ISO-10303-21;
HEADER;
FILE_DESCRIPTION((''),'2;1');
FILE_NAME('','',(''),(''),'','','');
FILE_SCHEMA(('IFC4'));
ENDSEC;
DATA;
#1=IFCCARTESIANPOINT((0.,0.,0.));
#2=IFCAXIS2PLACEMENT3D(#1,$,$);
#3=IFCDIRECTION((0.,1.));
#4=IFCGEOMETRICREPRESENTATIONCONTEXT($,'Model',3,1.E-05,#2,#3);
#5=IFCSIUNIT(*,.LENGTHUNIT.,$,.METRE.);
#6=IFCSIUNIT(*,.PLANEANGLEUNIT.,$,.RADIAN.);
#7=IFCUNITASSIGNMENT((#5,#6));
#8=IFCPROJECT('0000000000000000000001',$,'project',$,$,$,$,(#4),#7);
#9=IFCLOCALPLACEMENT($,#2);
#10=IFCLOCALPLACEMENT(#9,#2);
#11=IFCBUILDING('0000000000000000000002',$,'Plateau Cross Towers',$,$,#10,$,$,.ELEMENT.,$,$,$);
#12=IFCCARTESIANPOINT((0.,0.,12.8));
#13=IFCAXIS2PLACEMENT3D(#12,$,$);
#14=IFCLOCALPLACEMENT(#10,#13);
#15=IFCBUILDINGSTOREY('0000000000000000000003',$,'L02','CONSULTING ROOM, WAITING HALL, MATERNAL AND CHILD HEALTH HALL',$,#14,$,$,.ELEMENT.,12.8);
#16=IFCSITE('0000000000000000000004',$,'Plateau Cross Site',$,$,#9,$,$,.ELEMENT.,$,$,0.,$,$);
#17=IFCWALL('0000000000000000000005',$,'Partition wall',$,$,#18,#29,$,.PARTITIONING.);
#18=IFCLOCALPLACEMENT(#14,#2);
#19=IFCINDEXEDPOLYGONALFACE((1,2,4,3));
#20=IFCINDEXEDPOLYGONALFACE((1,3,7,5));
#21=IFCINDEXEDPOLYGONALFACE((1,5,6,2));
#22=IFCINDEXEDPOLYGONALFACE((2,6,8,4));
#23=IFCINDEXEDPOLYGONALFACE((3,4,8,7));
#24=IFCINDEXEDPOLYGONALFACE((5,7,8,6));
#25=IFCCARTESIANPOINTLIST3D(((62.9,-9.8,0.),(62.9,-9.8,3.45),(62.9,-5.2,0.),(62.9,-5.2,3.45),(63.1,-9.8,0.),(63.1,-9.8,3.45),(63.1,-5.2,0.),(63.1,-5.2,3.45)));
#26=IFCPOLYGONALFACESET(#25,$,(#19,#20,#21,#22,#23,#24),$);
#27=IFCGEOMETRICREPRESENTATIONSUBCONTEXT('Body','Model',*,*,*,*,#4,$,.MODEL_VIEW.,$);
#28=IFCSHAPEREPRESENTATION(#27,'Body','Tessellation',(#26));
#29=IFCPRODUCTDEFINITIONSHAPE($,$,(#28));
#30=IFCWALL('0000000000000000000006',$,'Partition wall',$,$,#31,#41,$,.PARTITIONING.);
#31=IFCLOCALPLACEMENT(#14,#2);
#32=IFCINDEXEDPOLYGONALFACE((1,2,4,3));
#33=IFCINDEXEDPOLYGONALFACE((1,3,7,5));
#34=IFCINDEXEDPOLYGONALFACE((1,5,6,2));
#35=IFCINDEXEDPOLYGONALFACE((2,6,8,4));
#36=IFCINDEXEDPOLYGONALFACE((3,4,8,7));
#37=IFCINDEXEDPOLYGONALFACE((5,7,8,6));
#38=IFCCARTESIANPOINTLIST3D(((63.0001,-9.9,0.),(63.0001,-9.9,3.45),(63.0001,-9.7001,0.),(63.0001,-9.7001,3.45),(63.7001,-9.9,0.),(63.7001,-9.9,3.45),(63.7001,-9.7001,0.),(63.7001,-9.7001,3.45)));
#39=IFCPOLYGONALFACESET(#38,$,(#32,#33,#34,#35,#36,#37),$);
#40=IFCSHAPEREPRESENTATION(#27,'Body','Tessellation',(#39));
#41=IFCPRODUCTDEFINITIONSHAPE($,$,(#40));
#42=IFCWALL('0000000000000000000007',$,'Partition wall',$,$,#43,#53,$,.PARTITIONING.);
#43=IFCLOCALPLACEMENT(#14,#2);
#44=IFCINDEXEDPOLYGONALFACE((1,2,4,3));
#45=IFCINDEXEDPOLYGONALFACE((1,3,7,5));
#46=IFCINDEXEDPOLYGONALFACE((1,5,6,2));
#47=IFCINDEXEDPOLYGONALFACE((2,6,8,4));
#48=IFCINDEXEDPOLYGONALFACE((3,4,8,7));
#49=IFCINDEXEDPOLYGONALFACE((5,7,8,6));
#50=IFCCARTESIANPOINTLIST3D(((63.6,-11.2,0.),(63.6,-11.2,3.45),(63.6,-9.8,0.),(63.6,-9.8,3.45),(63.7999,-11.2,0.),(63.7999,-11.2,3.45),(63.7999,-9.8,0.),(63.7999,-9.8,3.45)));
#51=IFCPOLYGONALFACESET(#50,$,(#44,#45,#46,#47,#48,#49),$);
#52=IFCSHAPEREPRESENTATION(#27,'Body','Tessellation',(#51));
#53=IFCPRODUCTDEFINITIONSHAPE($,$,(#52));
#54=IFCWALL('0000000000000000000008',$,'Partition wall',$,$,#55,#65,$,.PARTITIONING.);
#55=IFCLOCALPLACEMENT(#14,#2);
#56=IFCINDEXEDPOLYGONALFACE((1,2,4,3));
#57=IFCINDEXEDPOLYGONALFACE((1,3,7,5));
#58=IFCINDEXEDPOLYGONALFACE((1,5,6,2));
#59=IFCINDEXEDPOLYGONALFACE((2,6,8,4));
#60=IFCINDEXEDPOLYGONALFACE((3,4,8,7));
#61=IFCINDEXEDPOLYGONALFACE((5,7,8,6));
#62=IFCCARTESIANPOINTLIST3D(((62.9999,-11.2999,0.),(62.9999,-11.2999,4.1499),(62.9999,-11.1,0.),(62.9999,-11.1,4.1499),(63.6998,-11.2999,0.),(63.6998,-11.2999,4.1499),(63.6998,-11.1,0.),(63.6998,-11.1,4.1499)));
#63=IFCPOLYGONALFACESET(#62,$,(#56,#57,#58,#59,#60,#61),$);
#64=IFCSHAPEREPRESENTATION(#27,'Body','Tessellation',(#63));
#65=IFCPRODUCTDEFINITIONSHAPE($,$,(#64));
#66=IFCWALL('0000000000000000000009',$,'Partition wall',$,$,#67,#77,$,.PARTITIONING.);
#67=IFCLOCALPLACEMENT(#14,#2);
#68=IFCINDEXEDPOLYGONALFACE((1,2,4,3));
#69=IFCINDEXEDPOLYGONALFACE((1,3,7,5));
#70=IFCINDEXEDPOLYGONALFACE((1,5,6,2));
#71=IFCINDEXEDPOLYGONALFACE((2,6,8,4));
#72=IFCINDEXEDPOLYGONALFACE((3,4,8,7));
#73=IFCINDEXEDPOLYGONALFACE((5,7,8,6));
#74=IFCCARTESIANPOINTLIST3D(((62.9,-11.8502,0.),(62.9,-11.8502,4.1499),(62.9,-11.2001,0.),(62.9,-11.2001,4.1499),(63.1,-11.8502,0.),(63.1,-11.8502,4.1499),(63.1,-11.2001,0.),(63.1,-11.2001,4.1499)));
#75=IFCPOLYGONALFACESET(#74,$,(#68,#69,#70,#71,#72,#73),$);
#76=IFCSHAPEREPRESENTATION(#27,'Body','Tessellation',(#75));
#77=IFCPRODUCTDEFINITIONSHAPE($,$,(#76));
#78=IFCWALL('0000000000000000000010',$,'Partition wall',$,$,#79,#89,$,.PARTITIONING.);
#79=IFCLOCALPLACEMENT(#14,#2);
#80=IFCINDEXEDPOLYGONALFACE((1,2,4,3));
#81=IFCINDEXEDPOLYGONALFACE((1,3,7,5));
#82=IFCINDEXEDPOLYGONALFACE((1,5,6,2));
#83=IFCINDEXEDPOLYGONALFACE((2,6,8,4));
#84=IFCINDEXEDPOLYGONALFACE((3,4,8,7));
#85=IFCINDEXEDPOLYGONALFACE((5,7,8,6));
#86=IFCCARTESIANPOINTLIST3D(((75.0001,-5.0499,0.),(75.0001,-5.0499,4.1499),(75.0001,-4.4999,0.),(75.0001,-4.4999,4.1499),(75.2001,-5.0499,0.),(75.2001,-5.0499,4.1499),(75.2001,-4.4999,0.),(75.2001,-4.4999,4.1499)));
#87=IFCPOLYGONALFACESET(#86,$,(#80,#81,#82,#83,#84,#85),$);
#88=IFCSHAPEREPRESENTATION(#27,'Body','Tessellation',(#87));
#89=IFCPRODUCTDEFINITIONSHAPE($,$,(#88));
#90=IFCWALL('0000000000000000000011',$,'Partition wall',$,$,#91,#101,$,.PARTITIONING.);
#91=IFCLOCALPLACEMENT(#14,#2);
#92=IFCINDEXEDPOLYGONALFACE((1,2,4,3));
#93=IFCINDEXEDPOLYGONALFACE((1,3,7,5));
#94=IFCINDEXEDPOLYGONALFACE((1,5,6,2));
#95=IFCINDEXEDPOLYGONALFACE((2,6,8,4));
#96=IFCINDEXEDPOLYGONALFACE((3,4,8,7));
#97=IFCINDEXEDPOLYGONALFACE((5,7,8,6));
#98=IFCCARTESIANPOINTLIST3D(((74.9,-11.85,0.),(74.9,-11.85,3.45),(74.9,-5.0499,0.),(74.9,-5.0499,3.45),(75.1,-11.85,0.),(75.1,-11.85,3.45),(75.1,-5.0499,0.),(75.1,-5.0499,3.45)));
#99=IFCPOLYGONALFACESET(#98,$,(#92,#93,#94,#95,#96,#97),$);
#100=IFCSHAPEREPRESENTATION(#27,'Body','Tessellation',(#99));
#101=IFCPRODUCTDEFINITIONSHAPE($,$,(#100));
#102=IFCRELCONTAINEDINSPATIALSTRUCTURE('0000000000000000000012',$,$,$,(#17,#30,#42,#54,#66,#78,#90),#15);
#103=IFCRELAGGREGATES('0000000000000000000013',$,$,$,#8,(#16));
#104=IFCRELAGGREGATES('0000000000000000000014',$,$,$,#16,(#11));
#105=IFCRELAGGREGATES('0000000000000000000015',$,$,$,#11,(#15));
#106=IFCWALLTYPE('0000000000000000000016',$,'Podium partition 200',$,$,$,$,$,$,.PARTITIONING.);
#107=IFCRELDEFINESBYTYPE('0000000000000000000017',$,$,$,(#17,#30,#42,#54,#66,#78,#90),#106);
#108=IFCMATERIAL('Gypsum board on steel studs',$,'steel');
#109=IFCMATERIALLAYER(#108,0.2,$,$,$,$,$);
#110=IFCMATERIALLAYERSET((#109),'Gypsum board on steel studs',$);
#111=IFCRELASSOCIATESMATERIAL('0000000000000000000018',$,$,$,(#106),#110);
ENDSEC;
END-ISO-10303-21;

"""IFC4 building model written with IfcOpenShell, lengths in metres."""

from ifc_helpers import new_model, si_unit, direction, frame, frame_2d, origin, place, context, subcontext, project, spatial, rectangle, extrude, material, layer, layer_set, type_object, element, save


model = new_model("IFC4")

# Units and contexts
model_context = context("Model", 3, precision=1e-05, world=origin(), true_north=direction((0.0, 1.0)))
body_context = subcontext(model_context, "Body", "Model", "MODEL_VIEW")
ifc_project = project(units=[si_unit("LENGTHUNIT", "METRE"), si_unit("PLANEANGLEUNIT", "RADIAN")], contexts=[model_context])

# Site, building, storey
site_placement = place(None, origin())
site = spatial("IfcSite", under=ifc_project, at=site_placement, Name="Plateau Cross Site", CompositionType="ELEMENT", RefElevation=0.0)
building_placement = place(site_placement, origin())
building = spatial("IfcBuilding", under=site, at=building_placement, Name="Plateau Cross Towers", CompositionType="ELEMENT")
storey_placement = place(building_placement, frame((0.0, 0.0, 12.8)))
storey = spatial("IfcBuildingStorey", under=building, at=storey_placement, Name="L02", Description="CONSULTING ROOM, WAITING HALL, MATERNAL AND CHILD HEALTH HALL", CompositionType="ELEMENT", Elevation=12.8)

# Shared definitions
ifc_material_1 = material(Name="Gypsum board on steel studs", Category="steel")
ifc_layer_1 = layer(ifc_material_1, 0.2)
ifc_layer_set_1 = layer_set([ifc_layer_1], Name="Gypsum board on steel studs")
wall_type = type_object("IfcWallType", Name="Podium partition 200", PredefinedType="PARTITIONING", material=ifc_layer_set_1)

# Walls
wall_1_placement = place(storey_placement, frame((63.0, -5.2, 0.0), z_axis=(0.0, 0.0, 1.0), x_axis=(0.0, -1.0, 0.0)))
element("IfcWall", 1, at=wall_1_placement, inside=storey, type_object=wall_type, Name="Partition wall", PredefinedType="PARTITIONING", context=body_context, shape_type="SweptSolid", body=[
    extrude(rectangle(XDim=4.6001, YDim=0.2, at=frame_2d((2.3, 0.0))), origin(), (0.0, 0.0, 1.0), 3.45),
])
wall_2_placement = place(storey_placement, frame((63.0, -9.8, 0.0), z_axis=(0.0, 0.0, 1.0), x_axis=(1.0, 0.0, 0.0)))
element("IfcWall", 2, at=wall_2_placement, inside=storey, type_object=wall_type, Name="Partition wall", PredefinedType="PARTITIONING", context=body_context, shape_type="SweptSolid", body=[
    extrude(rectangle(XDim=0.7, YDim=0.2, at=frame_2d((0.3501, 0.0))), origin(), (0.0, 0.0, 1.0), 3.45),
])
wall_3_placement = place(storey_placement, frame((63.7, -9.8, 0.0), z_axis=(0.0, 0.0, 1.0), x_axis=(0.0, -1.0, 0.0)))
element("IfcWall", 3, at=wall_3_placement, inside=storey, type_object=wall_type, Name="Partition wall", PredefinedType="PARTITIONING", context=body_context, shape_type="SweptSolid", body=[
    extrude(rectangle(XDim=1.3999, YDim=0.2, at=frame_2d((0.7, 0.0))), origin(), (0.0, 0.0, 1.0), 3.45),
])
wall_4_placement = place(storey_placement, frame((63.7, -11.2, 0.0), z_axis=(0.0, 0.0, 1.0), x_axis=(-1.0, 0.0, 0.0)))
element("IfcWall", 4, at=wall_4_placement, inside=storey, type_object=wall_type, Name="Partition wall", PredefinedType="PARTITIONING", context=body_context, shape_type="SweptSolid", body=[
    extrude(rectangle(XDim=0.7, YDim=0.2, at=frame_2d((0.3501, 0.0))), origin(), (0.0, 0.0, 1.0), 4.1499),
])
wall_5_placement = place(storey_placement, frame((63.0, -11.2, 0.0), z_axis=(0.0, 0.0, 1.0), x_axis=(0.0, -1.0, 0.0)))
element("IfcWall", 5, at=wall_5_placement, inside=storey, type_object=wall_type, Name="Partition wall", PredefinedType="PARTITIONING", context=body_context, shape_type="SweptSolid", body=[
    extrude(rectangle(XDim=0.6501, YDim=0.2, at=frame_2d((0.3252, 0.0))), origin(), (0.0, 0.0, 1.0), 4.1499),
])
wall_6_placement = place(storey_placement, frame((75.1001, -4.5, 0.0), z_axis=(0.0, 0.0, 1.0), x_axis=(0.0, -1.0, 0.0)))
element("IfcWall", 6, at=wall_6_placement, inside=storey, type_object=wall_type, Name="Partition wall", PredefinedType="PARTITIONING", context=body_context, shape_type="SweptSolid", body=[
    extrude(rectangle(XDim=0.55, YDim=0.2, at=frame_2d((0.2749, 0.0))), origin(), (0.0, 0.0, 1.0), 4.1499),
])
wall_7_placement = place(storey_placement, frame((75.0, -5.05, 0.0), z_axis=(0.0, 0.0, 1.0), x_axis=(0.0, -1.0, 0.0)))
element("IfcWall", 7, at=wall_7_placement, inside=storey, type_object=wall_type, Name="Partition wall", PredefinedType="PARTITIONING", context=body_context, shape_type="SweptSolid", body=[
    extrude(rectangle(XDim=6.8, YDim=0.2, at=frame_2d((3.3999, 0.0))), origin(), (0.0, 0.0, 1.0), 3.45),
])

save(model, "model.ifc")
